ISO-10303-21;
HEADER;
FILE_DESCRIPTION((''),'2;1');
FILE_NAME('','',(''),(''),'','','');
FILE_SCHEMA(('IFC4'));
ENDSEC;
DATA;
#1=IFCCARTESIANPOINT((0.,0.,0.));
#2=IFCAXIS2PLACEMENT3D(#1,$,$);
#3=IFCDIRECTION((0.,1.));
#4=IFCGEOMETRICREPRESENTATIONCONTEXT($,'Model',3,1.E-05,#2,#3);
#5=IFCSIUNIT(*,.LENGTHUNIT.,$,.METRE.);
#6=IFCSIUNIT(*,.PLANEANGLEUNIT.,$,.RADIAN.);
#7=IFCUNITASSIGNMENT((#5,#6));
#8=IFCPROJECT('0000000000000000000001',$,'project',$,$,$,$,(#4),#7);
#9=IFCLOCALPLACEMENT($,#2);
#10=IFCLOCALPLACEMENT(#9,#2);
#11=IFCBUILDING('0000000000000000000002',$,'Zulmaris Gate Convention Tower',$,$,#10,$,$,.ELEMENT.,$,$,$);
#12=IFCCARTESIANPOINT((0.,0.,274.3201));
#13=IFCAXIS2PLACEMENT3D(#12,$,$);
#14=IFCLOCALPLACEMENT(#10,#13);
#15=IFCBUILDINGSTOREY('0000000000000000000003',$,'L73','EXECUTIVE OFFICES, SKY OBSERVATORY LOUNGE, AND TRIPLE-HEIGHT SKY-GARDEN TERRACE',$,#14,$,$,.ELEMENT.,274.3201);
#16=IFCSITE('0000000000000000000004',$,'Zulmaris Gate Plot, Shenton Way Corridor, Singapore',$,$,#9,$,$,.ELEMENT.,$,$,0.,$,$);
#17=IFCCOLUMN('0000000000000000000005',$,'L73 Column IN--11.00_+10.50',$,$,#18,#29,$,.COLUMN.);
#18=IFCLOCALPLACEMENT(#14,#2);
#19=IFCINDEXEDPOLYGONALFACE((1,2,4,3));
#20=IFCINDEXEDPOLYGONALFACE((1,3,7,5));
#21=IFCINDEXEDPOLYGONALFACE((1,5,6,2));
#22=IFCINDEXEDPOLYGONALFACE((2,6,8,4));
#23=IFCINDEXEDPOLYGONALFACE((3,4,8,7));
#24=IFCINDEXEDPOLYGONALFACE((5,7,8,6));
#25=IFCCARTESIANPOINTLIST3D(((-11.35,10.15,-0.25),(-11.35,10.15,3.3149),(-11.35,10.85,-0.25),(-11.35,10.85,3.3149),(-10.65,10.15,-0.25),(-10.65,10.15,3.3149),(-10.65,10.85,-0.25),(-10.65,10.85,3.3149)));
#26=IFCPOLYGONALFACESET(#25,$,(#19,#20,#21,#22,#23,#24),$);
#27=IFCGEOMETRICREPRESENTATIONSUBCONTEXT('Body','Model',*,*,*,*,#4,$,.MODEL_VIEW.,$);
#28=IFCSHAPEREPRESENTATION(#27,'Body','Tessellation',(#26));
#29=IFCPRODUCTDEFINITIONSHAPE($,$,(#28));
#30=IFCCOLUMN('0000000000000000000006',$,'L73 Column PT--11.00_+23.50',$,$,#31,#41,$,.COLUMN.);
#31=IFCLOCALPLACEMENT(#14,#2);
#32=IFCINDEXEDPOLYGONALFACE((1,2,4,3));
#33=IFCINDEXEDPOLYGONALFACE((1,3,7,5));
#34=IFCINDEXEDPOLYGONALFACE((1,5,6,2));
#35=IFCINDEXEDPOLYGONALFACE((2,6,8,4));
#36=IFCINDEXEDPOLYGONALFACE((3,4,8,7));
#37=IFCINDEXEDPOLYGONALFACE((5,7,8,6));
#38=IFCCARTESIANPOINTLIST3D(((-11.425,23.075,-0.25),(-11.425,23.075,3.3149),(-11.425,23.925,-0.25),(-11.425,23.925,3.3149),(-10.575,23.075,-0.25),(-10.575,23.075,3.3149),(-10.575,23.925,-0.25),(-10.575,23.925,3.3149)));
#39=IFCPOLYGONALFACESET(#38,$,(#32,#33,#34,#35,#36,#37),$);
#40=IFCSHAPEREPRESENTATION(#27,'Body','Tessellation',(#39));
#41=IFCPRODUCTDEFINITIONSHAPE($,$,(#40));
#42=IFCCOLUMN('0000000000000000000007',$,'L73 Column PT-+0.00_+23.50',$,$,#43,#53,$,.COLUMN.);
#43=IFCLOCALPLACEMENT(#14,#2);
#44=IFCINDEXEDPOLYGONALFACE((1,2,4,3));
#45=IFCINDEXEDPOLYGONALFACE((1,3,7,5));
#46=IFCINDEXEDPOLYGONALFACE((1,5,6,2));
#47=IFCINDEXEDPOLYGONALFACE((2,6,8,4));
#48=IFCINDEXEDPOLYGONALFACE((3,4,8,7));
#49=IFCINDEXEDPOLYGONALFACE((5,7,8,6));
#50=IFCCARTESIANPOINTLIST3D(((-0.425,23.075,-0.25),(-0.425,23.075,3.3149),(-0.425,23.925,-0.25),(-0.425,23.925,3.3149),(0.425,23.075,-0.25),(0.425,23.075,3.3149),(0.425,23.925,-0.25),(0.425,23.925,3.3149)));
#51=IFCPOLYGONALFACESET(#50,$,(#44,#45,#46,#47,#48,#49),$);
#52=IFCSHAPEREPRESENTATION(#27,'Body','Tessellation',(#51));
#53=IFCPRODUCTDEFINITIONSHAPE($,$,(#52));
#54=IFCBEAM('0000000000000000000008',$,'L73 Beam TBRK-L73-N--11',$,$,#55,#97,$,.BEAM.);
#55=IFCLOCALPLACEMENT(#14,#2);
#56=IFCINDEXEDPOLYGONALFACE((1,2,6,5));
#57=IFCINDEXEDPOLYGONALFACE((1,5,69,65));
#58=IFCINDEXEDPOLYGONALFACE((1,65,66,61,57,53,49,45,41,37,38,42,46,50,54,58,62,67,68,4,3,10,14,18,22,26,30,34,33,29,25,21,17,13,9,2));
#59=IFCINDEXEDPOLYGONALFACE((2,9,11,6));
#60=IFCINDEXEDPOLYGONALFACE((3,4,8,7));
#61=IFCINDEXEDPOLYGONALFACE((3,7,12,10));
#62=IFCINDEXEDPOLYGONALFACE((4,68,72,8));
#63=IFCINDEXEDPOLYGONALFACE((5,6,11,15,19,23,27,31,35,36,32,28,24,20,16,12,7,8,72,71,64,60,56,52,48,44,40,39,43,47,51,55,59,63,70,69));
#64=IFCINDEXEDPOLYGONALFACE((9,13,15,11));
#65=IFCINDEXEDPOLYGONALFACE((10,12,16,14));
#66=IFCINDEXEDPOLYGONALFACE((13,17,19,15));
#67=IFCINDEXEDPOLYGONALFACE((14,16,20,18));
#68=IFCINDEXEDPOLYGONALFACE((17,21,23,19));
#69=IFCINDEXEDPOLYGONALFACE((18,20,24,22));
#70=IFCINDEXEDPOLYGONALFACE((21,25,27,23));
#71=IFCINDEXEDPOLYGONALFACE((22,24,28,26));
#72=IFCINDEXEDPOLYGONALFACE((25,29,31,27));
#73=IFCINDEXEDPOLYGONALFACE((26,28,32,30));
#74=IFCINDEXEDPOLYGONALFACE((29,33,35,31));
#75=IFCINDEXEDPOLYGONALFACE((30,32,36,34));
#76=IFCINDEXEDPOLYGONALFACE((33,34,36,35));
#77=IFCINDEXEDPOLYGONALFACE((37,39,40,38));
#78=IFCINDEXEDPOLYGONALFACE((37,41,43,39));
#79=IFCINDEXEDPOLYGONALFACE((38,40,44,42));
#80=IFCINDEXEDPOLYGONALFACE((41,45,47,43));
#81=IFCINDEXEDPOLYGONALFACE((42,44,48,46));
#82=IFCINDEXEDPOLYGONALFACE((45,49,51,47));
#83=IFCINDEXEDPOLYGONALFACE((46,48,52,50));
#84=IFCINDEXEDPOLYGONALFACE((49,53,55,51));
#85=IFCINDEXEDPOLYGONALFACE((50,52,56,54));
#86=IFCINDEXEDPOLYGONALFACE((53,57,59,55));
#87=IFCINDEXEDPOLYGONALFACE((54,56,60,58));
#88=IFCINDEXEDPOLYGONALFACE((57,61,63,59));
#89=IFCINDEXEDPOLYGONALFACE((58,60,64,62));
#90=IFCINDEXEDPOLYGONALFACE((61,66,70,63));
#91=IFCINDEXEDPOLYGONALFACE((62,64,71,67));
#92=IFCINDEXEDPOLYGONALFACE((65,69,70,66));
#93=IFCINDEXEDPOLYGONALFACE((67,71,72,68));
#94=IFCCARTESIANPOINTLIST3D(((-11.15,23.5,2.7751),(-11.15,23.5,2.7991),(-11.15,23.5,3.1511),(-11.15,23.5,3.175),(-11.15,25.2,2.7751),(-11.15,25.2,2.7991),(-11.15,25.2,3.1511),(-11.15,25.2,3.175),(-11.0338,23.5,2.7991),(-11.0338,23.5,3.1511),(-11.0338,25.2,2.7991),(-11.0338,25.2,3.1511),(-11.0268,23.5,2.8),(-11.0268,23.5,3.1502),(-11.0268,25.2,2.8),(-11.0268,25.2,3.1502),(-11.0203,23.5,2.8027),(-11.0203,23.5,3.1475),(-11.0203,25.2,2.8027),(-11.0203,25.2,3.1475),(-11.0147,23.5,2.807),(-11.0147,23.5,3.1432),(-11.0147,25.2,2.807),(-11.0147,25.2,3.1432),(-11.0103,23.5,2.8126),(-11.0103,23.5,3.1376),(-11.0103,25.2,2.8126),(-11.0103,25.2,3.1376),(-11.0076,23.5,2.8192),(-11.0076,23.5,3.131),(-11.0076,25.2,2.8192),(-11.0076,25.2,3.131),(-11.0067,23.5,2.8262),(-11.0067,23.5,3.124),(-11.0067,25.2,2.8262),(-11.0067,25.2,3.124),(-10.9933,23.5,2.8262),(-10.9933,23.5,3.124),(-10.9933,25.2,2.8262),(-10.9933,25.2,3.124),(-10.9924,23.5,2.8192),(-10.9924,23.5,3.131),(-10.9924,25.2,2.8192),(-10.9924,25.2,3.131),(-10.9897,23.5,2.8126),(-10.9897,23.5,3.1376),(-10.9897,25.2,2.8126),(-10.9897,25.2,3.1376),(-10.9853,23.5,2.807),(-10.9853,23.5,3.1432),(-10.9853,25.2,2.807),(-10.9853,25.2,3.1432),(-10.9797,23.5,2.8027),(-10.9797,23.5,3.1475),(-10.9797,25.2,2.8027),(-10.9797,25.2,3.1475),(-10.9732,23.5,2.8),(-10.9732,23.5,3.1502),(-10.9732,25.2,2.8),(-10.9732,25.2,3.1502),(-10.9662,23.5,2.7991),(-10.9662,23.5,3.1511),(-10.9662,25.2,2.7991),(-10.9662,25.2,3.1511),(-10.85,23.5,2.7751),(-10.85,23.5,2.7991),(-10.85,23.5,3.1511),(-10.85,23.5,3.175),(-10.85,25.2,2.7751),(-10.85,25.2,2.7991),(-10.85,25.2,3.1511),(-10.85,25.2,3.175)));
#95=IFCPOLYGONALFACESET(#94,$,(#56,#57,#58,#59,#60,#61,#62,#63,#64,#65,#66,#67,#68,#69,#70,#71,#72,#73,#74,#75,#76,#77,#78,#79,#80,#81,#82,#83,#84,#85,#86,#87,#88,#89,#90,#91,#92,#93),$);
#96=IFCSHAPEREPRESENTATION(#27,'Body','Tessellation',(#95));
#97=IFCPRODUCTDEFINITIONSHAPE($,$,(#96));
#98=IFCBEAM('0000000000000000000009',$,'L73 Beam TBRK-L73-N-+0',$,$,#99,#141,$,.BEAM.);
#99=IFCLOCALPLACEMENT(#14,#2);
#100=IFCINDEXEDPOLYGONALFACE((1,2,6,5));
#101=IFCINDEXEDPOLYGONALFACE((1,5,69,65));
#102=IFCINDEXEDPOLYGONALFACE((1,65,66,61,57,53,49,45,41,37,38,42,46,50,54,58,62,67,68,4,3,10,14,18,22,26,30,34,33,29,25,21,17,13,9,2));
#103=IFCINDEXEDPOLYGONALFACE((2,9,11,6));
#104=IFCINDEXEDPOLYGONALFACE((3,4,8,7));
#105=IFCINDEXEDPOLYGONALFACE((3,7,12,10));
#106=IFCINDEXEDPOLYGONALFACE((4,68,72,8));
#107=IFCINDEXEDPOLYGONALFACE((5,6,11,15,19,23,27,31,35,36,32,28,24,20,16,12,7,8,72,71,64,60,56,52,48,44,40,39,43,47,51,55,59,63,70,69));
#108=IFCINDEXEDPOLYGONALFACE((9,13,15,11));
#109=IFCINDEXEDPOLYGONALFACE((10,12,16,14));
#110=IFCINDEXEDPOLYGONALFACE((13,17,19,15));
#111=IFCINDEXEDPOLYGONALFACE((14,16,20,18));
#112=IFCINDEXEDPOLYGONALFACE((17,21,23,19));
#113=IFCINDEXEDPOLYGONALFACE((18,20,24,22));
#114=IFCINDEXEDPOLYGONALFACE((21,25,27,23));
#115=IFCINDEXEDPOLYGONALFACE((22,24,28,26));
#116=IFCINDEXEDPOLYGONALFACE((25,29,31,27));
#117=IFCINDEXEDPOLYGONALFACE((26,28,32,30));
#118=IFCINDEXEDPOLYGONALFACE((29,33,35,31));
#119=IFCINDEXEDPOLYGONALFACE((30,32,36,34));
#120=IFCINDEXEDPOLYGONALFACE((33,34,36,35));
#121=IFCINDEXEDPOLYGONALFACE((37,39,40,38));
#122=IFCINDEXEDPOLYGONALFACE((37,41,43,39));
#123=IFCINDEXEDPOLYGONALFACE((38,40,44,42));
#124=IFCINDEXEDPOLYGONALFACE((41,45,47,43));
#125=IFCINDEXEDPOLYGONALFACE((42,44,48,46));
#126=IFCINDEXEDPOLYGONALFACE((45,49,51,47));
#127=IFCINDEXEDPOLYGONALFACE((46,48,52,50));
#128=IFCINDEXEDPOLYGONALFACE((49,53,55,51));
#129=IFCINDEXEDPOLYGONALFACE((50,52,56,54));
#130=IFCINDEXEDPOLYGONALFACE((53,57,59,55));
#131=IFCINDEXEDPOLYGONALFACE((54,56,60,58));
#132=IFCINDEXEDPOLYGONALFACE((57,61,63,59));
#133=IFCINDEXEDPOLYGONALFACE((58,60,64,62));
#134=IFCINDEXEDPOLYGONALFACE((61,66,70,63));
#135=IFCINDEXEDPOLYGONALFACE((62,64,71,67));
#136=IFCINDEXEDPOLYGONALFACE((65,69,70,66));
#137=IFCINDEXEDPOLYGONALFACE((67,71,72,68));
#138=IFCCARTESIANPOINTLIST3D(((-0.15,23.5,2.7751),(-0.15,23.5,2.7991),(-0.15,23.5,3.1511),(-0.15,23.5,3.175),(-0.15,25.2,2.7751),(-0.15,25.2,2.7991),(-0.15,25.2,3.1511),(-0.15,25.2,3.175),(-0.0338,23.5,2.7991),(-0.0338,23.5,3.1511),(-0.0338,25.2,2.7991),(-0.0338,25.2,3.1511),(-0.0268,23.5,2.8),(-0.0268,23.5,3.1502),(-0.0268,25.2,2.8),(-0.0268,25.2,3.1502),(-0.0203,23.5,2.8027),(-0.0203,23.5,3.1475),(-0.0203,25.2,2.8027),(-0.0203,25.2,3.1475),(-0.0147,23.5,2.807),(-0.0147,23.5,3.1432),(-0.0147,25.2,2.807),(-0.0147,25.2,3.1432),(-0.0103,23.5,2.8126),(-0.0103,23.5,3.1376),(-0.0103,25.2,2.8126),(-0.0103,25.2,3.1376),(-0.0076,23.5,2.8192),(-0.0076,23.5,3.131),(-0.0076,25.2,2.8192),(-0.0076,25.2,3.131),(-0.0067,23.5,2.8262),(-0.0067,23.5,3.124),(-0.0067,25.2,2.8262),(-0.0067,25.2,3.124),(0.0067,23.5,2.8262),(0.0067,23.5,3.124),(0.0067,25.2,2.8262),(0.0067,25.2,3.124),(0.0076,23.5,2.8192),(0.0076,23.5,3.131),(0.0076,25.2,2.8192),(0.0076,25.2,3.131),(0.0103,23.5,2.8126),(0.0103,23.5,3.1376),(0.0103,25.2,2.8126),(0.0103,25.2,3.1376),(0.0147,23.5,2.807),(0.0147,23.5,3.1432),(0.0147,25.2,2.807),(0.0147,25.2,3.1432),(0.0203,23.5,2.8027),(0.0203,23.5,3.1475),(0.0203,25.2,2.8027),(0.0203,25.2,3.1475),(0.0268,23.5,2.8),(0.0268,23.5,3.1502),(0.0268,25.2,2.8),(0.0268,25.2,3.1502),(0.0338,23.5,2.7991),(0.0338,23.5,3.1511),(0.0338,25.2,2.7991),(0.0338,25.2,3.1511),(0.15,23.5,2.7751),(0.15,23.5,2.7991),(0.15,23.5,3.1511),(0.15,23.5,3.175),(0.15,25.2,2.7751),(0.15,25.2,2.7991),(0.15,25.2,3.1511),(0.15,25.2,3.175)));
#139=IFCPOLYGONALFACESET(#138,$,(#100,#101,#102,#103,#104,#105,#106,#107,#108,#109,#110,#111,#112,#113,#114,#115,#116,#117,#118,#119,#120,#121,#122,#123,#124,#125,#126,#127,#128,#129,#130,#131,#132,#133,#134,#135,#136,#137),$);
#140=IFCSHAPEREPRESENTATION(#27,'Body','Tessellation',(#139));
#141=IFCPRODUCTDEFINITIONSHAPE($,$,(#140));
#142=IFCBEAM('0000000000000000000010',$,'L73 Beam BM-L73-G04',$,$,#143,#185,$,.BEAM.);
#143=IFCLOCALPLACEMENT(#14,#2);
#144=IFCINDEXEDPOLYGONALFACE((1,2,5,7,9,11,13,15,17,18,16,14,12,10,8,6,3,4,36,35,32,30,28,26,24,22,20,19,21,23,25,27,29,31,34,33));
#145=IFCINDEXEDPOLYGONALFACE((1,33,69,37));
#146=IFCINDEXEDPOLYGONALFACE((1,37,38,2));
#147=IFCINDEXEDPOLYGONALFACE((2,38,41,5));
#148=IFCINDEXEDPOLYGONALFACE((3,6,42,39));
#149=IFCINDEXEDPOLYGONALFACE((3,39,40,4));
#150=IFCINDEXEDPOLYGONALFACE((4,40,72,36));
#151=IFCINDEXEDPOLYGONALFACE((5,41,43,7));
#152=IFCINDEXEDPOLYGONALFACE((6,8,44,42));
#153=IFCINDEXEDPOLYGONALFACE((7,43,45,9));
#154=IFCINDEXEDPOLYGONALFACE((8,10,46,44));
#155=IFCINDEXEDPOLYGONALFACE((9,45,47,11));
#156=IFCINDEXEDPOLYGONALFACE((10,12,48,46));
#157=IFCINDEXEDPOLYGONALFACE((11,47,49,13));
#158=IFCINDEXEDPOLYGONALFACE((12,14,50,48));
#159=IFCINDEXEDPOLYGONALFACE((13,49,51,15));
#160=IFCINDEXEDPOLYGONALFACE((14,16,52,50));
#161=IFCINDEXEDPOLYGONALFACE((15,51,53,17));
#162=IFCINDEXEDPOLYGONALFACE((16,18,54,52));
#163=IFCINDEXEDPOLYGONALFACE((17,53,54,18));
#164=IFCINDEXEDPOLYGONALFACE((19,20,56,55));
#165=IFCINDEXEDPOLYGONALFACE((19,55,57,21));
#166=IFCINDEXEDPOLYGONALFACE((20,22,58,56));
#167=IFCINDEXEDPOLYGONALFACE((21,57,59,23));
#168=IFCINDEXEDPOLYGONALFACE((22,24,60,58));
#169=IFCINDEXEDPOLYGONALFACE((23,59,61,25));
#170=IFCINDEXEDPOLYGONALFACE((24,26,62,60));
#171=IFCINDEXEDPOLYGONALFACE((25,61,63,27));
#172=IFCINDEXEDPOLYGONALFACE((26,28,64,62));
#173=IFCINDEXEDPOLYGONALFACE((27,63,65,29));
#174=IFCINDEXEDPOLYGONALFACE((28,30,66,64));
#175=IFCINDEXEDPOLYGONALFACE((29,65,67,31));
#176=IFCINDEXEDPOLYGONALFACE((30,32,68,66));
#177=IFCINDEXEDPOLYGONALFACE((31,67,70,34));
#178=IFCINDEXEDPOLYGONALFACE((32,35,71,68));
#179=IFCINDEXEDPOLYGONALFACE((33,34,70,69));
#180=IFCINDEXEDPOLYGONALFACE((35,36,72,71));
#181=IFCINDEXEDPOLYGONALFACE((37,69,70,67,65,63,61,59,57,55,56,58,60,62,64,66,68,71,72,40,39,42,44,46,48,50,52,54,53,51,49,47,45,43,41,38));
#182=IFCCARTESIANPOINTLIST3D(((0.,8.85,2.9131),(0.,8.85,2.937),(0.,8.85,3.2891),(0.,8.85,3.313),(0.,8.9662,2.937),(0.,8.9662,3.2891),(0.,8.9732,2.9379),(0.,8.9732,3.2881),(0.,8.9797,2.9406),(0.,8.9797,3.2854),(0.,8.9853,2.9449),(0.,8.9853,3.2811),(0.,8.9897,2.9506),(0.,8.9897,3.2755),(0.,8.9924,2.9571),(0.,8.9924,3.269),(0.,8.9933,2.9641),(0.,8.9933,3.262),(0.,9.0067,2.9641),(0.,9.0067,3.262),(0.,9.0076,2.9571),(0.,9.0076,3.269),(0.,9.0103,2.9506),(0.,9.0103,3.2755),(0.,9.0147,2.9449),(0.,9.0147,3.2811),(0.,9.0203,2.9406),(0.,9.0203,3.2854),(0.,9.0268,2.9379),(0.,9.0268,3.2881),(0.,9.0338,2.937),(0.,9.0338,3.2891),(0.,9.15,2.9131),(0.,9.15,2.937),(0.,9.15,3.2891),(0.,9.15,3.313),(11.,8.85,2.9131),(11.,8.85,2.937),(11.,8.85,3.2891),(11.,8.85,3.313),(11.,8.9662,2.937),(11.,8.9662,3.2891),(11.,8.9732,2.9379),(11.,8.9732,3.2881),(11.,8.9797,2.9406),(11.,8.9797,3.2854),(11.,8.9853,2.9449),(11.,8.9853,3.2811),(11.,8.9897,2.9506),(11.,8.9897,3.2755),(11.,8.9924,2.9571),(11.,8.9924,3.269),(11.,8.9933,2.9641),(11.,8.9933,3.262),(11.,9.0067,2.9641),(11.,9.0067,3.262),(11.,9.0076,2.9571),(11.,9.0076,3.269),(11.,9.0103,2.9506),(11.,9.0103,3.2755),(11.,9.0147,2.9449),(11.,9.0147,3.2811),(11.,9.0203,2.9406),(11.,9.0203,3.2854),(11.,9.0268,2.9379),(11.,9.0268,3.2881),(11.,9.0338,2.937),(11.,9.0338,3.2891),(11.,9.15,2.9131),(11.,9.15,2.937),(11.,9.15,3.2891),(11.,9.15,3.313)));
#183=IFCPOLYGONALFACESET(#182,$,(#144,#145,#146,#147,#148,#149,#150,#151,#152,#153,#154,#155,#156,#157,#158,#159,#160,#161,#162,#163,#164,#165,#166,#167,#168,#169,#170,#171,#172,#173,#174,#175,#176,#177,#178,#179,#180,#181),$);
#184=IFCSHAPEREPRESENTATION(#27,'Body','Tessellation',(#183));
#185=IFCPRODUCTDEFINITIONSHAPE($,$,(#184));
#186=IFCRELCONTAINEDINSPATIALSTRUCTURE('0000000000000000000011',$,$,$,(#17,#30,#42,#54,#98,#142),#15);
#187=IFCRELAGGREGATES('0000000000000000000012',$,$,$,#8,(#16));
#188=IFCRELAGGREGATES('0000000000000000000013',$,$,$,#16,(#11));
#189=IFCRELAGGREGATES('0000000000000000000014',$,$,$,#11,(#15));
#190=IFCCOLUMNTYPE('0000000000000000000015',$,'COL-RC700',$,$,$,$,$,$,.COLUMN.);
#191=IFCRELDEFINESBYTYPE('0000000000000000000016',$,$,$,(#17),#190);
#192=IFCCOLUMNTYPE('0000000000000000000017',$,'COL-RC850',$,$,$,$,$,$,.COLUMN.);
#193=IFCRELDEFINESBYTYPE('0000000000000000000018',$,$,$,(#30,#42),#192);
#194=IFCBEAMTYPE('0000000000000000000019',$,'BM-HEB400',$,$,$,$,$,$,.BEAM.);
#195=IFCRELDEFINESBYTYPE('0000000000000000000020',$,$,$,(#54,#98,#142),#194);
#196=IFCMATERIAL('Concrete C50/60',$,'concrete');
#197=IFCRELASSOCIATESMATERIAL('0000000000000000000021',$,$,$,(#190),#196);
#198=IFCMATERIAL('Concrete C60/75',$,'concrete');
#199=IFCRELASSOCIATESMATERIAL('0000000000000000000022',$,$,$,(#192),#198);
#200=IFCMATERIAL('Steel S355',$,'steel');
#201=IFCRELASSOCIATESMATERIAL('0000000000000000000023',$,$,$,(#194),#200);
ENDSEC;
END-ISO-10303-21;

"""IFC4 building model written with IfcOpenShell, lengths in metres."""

from ifc_helpers import new_model, si_unit, direction, frame, origin, origin_2d, place, context, subcontext, project, spatial, rectangle, i_section, extrude, material, material_profile, profile_set, type_object, element, save


model = new_model("IFC4")

# Units and contexts
model_context = context("Model", 3, precision=1e-05, world=origin(), true_north=direction((0.0, 1.0)))
body_context = subcontext(model_context, "Body", "Model", "MODEL_VIEW")
ifc_project = project(units=[si_unit("LENGTHUNIT", "METRE"), si_unit("PLANEANGLEUNIT", "RADIAN")], contexts=[model_context])

# Site, building, storey
site_placement = place(None, origin())
site = spatial("IfcSite", under=ifc_project, at=site_placement, Name="Zulmaris Gate Plot, Shenton Way Corridor, Singapore", CompositionType="ELEMENT", RefElevation=0.0)
building_placement = place(site_placement, origin())
building = spatial("IfcBuilding", under=site, at=building_placement, Name="Zulmaris Gate Convention Tower", CompositionType="ELEMENT")
storey_placement = place(building_placement, frame((0.0, 0.0, 274.3201)))
storey = spatial("IfcBuildingStorey", under=building, at=storey_placement, Name="L73", Description="EXECUTIVE OFFICES, SKY OBSERVATORY LOUNGE, AND TRIPLE-HEIGHT SKY-GARDEN TERRACE", CompositionType="ELEMENT", Elevation=274.3201)

# Columns
ifc_material_1 = material(Name="Concrete C50/60", Category="concrete")
ifc_material_profile_1 = material_profile(ifc_material_1, rectangle(XDim=0.7, YDim=0.7, at=origin_2d()), Name="RC COL 700x700")
ifc_profile_set_1 = profile_set([ifc_material_profile_1], Name="Concrete C50/60")
column_type_1 = type_object("IfcColumnType", Name="COL-RC700", PredefinedType="COLUMN", material=ifc_profile_set_1)
column_placement = place(storey_placement, frame((-11.0, 10.5, -0.25), z_axis=(0.0, 0.0, 1.0), x_axis=(1.0, 0.0, 0.0)))
element("IfcColumn", 1, at=column_placement, inside=storey, type_object=column_type_1, Name="L73 Column IN--11.00_+10.50", PredefinedType="COLUMN", context=body_context, shape_type="SweptSolid", body=[
    extrude(rectangle(XDim=0.7, YDim=0.7, at=origin_2d()), origin(), (0.0, 0.0, 1.0), 3.5649),
])
ifc_material_2 = material(Name="Concrete C60/75", Category="concrete")
ifc_material_profile_2 = material_profile(ifc_material_2, rectangle(XDim=0.8501, YDim=0.8501, at=origin_2d()), Name="RC COL 850x850")
ifc_profile_set_2 = profile_set([ifc_material_profile_2], Name="Concrete C60/75")
column_type_2 = type_object("IfcColumnType", Name="COL-RC850", PredefinedType="COLUMN", material=ifc_profile_set_2)
for number, where, z_axis, x_axis, name in (
    (2, (-11.0, 23.5, -0.25), (0.0, 0.0, 1.0), (1.0, 0.0, 0.0), "L73 Column PT--11.00_+23.50"),
    (3, (0.0, 23.5, -0.25), (0.0, 0.0, 1.0), (1.0, 0.0, 0.0), "L73 Column PT-+0.00_+23.50"),
):
    element("IfcColumn", number, at=place(storey_placement, frame(where, z_axis=z_axis, x_axis=x_axis)), inside=storey, type_object=column_type_2, Name=name, PredefinedType="COLUMN", context=body_context, shape_type="SweptSolid", body=[
        extrude(rectangle(XDim=0.8501, YDim=0.8501, at=origin_2d()), origin(), (0.0, 0.0, 1.0), 3.5649),
    ])

# Beams
ifc_material_3 = material(Name="Steel S355", Category="steel")
ifc_material_profile_3 = material_profile(ifc_material_3, i_section(OverallWidth=0.3, OverallDepth=0.3999, WebThickness=0.0134, FlangeThickness=0.0239, FilletRadius=0.0271, at=origin_2d()), Name="HEB 400")
ifc_profile_set_3 = profile_set([ifc_material_profile_3], Name="Steel S355")
beam_type_1 = type_object("IfcBeamType", Name="BM-HEB400", PredefinedType="BEAM", material=ifc_profile_set_3)
for number, where, z_axis, x_axis, name in (
    (4, (-11.0, 23.5, 2.9751), (0.0, 1.0, 0.0), (-1.0, 0.0, 0.0), "L73 Beam TBRK-L73-N--11"),
    (5, (0.0, 23.5, 2.9751), (0.0, 1.0, 0.0), (-1.0, 0.0, 0.0), "L73 Beam TBRK-L73-N-+0"),
):
    element("IfcBeam", number, at=place(storey_placement, frame(where, z_axis=z_axis, x_axis=x_axis)), inside=storey, type_object=beam_type_1, Name=name, PredefinedType="BEAM", context=body_context, shape_type="SweptSolid", body=[
        extrude(i_section(OverallWidth=0.3, OverallDepth=0.3999, WebThickness=0.0134, FlangeThickness=0.0239, FilletRadius=0.0271, at=origin_2d()), origin(), (0.0, 0.0, 1.0), 1.7),
    ])
beam_1_placement = place(storey_placement, frame((0.0, 9.0, 3.113), z_axis=(1.0, 0.0, 0.0), x_axis=(0.0, 1.0, 0.0)))
element("IfcBeam", 6, at=beam_1_placement, inside=storey, type_object=beam_type_1, Name="L73 Beam BM-L73-G04", PredefinedType="BEAM", context=body_context, shape_type="SweptSolid", body=[
    extrude(i_section(OverallWidth=0.3, OverallDepth=0.3999, WebThickness=0.0134, FlangeThickness=0.0239, FilletRadius=0.0271, at=origin_2d()), origin(), (0.0, 0.0, 1.0), 11.0),
])

save(model, "model.ifc")
